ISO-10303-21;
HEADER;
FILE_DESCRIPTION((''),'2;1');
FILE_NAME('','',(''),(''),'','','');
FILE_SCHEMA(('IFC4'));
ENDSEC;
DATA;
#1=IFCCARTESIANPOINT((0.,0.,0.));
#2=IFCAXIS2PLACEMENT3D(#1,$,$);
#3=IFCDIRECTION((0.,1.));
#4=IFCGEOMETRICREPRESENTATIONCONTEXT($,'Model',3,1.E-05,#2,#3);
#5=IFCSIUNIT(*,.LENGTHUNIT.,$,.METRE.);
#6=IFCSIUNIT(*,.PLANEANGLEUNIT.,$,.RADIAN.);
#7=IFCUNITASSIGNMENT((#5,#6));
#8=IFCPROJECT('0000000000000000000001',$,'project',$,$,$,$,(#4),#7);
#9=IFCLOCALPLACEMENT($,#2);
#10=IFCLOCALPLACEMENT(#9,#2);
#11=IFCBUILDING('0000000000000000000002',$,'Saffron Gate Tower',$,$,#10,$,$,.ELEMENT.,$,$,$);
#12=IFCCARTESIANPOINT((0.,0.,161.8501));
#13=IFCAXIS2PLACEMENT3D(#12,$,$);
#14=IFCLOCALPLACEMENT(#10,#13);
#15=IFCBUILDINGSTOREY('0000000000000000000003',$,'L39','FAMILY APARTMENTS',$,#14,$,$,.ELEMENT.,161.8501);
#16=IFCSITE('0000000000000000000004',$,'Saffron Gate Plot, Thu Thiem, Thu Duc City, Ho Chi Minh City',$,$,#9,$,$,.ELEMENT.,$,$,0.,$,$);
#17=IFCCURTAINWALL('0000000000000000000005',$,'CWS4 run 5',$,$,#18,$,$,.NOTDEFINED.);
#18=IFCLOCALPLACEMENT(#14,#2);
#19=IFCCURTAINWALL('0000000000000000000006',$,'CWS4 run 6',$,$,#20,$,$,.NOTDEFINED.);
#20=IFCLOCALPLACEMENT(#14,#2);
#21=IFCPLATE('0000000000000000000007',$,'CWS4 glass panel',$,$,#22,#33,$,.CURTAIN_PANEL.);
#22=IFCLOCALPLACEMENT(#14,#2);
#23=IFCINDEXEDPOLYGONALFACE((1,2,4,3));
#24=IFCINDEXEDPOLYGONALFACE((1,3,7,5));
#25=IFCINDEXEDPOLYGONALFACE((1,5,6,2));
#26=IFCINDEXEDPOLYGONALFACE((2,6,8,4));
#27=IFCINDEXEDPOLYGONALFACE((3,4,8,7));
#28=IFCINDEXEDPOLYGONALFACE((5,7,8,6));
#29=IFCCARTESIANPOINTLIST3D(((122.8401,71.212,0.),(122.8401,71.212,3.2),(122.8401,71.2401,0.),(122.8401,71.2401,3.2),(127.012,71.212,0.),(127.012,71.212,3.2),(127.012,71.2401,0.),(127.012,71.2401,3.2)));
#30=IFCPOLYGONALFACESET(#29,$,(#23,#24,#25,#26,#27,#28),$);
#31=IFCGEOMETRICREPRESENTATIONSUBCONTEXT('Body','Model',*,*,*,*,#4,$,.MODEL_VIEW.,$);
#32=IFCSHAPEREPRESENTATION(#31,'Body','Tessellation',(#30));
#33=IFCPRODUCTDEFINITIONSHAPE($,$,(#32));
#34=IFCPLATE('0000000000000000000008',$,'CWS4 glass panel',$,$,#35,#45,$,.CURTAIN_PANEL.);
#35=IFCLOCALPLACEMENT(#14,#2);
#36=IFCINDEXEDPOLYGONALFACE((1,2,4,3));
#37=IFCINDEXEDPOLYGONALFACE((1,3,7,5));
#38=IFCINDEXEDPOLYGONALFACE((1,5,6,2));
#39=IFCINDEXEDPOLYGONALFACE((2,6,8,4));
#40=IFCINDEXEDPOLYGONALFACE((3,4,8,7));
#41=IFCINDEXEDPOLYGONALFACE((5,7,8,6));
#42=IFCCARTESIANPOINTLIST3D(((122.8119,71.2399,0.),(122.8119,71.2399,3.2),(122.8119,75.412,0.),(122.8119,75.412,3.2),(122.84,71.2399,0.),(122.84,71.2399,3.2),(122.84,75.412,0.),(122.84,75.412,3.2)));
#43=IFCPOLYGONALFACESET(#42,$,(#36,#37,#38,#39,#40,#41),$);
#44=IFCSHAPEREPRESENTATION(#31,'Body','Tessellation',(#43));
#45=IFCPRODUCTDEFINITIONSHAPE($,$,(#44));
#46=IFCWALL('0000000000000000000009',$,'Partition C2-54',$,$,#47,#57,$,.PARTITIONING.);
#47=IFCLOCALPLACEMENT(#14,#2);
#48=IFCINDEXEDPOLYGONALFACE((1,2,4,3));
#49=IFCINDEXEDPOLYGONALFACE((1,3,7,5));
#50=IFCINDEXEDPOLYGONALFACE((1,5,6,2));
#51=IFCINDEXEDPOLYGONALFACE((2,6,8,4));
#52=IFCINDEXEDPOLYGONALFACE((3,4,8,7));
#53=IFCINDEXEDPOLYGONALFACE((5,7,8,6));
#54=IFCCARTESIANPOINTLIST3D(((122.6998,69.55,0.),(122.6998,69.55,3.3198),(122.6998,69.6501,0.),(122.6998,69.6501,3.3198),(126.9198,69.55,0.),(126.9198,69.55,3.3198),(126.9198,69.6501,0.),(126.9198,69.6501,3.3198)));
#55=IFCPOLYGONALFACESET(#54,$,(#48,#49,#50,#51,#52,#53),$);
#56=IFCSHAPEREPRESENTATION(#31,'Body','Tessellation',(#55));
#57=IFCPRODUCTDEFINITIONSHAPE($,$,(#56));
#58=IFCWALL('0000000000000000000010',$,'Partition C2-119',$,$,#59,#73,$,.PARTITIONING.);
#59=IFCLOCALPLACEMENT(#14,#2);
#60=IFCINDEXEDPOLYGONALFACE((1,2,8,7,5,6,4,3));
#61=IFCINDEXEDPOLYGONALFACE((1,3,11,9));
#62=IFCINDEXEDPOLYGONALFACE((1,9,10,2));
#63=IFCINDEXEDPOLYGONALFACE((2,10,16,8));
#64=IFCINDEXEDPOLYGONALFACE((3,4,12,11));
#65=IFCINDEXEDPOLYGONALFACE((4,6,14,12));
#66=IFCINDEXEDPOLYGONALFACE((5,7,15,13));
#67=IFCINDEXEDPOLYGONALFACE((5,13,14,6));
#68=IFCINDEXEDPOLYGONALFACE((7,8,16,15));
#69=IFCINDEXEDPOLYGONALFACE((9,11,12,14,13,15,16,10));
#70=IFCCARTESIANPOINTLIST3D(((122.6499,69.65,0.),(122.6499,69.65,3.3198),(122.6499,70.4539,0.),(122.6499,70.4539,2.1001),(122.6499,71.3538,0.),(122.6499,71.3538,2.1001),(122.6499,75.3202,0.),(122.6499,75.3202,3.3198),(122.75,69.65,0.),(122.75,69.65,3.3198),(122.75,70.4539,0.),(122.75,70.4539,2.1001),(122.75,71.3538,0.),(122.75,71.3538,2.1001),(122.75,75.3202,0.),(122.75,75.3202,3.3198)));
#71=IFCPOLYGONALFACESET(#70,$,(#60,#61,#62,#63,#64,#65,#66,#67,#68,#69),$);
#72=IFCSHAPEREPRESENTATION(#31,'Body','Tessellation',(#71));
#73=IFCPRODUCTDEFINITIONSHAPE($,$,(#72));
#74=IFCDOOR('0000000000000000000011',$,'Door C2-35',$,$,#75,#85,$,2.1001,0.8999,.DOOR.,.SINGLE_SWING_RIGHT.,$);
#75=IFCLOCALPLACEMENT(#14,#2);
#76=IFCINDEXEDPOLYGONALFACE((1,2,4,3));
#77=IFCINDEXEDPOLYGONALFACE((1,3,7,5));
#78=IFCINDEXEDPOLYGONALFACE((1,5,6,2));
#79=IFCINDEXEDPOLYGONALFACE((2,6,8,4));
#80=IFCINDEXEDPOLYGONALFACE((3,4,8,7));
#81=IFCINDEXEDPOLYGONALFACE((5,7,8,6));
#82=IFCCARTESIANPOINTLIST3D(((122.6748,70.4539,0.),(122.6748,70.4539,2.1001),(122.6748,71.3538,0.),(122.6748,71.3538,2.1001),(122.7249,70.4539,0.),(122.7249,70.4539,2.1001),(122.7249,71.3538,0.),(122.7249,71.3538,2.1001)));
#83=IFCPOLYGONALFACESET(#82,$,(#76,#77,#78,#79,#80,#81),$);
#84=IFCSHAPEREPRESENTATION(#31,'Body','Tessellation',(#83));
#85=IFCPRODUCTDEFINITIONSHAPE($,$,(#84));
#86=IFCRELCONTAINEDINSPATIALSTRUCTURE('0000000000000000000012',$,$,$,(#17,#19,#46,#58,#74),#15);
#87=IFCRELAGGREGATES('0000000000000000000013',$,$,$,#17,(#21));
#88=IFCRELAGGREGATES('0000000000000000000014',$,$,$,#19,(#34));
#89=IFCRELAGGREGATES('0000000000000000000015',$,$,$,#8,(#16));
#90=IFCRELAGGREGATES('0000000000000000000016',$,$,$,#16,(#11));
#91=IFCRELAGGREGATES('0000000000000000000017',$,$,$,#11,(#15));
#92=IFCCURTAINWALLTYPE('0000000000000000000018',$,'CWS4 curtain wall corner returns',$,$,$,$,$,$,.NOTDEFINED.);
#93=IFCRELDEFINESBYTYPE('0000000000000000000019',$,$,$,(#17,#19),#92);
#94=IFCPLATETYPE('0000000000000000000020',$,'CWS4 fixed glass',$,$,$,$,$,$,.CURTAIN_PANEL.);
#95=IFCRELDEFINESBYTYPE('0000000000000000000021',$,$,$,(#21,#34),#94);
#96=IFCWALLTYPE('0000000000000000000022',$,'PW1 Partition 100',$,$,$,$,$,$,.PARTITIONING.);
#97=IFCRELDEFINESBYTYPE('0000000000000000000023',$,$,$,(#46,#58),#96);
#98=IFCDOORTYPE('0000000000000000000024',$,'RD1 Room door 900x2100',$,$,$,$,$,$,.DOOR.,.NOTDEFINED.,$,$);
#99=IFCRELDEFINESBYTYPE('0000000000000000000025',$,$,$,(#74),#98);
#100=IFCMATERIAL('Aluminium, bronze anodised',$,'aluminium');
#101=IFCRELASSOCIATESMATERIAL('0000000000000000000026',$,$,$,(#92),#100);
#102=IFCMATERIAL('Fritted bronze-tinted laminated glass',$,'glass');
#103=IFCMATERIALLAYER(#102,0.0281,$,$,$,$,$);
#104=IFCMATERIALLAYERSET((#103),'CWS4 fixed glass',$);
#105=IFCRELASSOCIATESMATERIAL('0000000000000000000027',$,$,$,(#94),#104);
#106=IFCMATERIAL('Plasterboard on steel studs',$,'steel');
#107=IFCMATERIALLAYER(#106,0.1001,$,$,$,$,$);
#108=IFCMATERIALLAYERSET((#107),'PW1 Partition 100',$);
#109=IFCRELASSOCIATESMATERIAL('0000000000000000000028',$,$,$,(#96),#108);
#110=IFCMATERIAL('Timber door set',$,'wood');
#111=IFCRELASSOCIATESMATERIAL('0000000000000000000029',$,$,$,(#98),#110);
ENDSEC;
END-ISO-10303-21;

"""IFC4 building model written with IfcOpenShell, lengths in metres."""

from ifc_helpers import new_model, si_unit, direction, frame, frame_2d, origin, place, context, subcontext, project, spatial, rectangle, extrude, material, layer, layer_set, type_object, element, fill, aggregate, save


model = new_model("IFC4")

# Units and contexts
model_context = context("Model", 3, precision=1e-05, world=origin(), true_north=direction((0.0, 1.0)))
body_context = subcontext(model_context, "Body", "Model", "MODEL_VIEW")
ifc_project = project(units=[si_unit("LENGTHUNIT", "METRE"), si_unit("PLANEANGLEUNIT", "RADIAN")], contexts=[model_context])

# Site, building, storey
site_placement = place(None, origin())
site = spatial("IfcSite", under=ifc_project, at=site_placement, Name="Saffron Gate Plot, Thu Thiem, Thu Duc City, Ho Chi Minh City", CompositionType="ELEMENT", RefElevation=0.0)
building_placement = place(site_placement, origin())
building = spatial("IfcBuilding", under=site, at=building_placement, Name="Saffron Gate Tower", CompositionType="ELEMENT")
storey_placement = place(building_placement, frame((0.0, 0.0, 161.8501)))
storey = spatial("IfcBuildingStorey", under=building, at=storey_placement, Name="L39", Description="FAMILY APARTMENTS", CompositionType="ELEMENT", Elevation=161.8501)

# Curtain walls
ifc_material_1 = material(Name="Aluminium, bronze anodised", Category="aluminium")
curtain_wall_type_1 = type_object("IfcCurtainWallType", Name="CWS4 curtain wall corner returns", PredefinedType="NOTDEFINED", material=ifc_material_1)
curtain_wall_1_placement = place(storey_placement, origin())
curtain_wall_1 = element("IfcCurtainWall", 1, at=curtain_wall_1_placement, inside=storey, type_object=curtain_wall_type_1, Name="CWS4 run 5", PredefinedType="NOTDEFINED")
curtain_wall_2_placement = place(storey_placement, origin())
curtain_wall_2 = element("IfcCurtainWall", 2, at=curtain_wall_2_placement, inside=storey, type_object=curtain_wall_type_1, Name="CWS4 run 6", PredefinedType="NOTDEFINED")

# Plates
ifc_material_2 = material(Name="Fritted bronze-tinted laminated glass", Category="glass")
ifc_layer_1 = layer(ifc_material_2, 0.0281)
ifc_layer_set_1 = layer_set([ifc_layer_1], Name="CWS4 fixed glass")
plate_type_1 = type_object("IfcPlateType", Name="CWS4 fixed glass", PredefinedType="CURTAIN_PANEL", material=ifc_layer_set_1)
plate_1_placement = place(storey_placement, frame((127.012, 71.2261, 0.0), z_axis=(0.0, 0.0, 1.0), x_axis=(-1.0, 0.0, 0.0)))
plate_1 = element("IfcPlate", 3, at=plate_1_placement, type_object=plate_type_1, Name="CWS4 glass panel", PredefinedType="CURTAIN_PANEL", context=body_context, shape_type="SweptSolid", body=[
    extrude(rectangle(XDim=4.1719, YDim=0.0281, at=frame_2d((2.0859, 0.0))), origin(), (0.0, 0.0, 1.0), 3.2),
])
aggregate(curtain_wall_1, [plate_1])
plate_2_placement = place(storey_placement, frame((122.8259, 71.24, 0.0), z_axis=(0.0, 0.0, 1.0), x_axis=(0.0, 1.0, 0.0)))
plate_2 = element("IfcPlate", 4, at=plate_2_placement, type_object=plate_type_1, Name="CWS4 glass panel", PredefinedType="CURTAIN_PANEL", context=body_context, shape_type="SweptSolid", body=[
    extrude(rectangle(XDim=4.1721, YDim=0.0281, at=frame_2d((2.0859, 0.0))), origin(), (0.0, 0.0, 1.0), 3.2),
])
aggregate(curtain_wall_2, [plate_2])

# Wall
ifc_material_3 = material(Name="Plasterboard on steel studs", Category="steel")
ifc_layer_2 = layer(ifc_material_3, 0.1001)
ifc_layer_set_2 = layer_set([ifc_layer_2], Name="PW1 Partition 100")
wall_type = type_object("IfcWallType", Name="PW1 Partition 100", PredefinedType="PARTITIONING", material=ifc_layer_set_2)
wall_1_placement = place(storey_placement, frame((122.7, 69.6001, 0.0), z_axis=(0.0, 0.0, 1.0), x_axis=(1.0, 0.0, 0.0)))
element("IfcWall", 5, at=wall_1_placement, inside=storey, type_object=wall_type, Name="Partition C2-54", PredefinedType="PARTITIONING", context=body_context, shape_type="SweptSolid", body=[
    extrude(rectangle(XDim=4.22, YDim=0.1001, at=frame_2d((2.1099, 0.0))), origin(), (0.0, 0.0, 1.0), 3.3198),
])

# Wall, opening, door
wall_2_placement = place(storey_placement, frame((122.7, 75.3201, 0.0), z_axis=(0.0, 0.0, 1.0), x_axis=(0.0, -1.0, 0.0)))
wall_2 = element("IfcWall", 6, at=wall_2_placement, inside=storey, type_object=wall_type, Name="Partition C2-119", PredefinedType="PARTITIONING", context=body_context, shape_type="SweptSolid", body=[
    extrude(rectangle(XDim=5.6702, YDim=0.1001, at=frame_2d((2.835, 0.0))), origin(), (0.0, 0.0, 1.0), 3.3198),
])
opening_1_placement = place(wall_2_placement, frame((3.9663, 0.0, 0.0)))
opening_1 = element("IfcOpeningElement", 7, at=opening_1_placement, cuts=wall_2, PredefinedType="OPENING", context=body_context, shape_type="SweptSolid", body=[
    extrude(rectangle(XDim=0.8999, YDim=2.1001, at=frame_2d((0.45, 1.05))), frame((0.0, 0.0601, 0.0), z_axis=(0.0, -1.0, 0.0), x_axis=(1.0, 0.0, 0.0)), (0.0, 0.0, 1.0), 0.1201),
])
ifc_material_4 = material(Name="Timber door set", Category="wood")
door_type = type_object("IfcDoorType", Name="RD1 Room door 900x2100", OperationType="NOTDEFINED", PredefinedType="DOOR", material=ifc_material_4)
door_placement = place(opening_1_placement, origin())
door = element("IfcDoor", 8, at=door_placement, inside=storey, type_object=door_type, Name="Door C2-35", OperationType="SINGLE_SWING_RIGHT", OverallHeight=2.1001, OverallWidth=0.8999, PredefinedType="DOOR", context=body_context, shape_type="SweptSolid", body=[
    extrude(rectangle(XDim=0.8999, YDim=2.1001, at=frame_2d((0.45, 1.05))), frame((0.0, 0.0249, 0.0), z_axis=(0.0, -1.0, 0.0), x_axis=(1.0, 0.0, 0.0)), (0.0, 0.0, 1.0), 0.05),
])
fill(opening_1, door)

save(model, "model.ifc")
